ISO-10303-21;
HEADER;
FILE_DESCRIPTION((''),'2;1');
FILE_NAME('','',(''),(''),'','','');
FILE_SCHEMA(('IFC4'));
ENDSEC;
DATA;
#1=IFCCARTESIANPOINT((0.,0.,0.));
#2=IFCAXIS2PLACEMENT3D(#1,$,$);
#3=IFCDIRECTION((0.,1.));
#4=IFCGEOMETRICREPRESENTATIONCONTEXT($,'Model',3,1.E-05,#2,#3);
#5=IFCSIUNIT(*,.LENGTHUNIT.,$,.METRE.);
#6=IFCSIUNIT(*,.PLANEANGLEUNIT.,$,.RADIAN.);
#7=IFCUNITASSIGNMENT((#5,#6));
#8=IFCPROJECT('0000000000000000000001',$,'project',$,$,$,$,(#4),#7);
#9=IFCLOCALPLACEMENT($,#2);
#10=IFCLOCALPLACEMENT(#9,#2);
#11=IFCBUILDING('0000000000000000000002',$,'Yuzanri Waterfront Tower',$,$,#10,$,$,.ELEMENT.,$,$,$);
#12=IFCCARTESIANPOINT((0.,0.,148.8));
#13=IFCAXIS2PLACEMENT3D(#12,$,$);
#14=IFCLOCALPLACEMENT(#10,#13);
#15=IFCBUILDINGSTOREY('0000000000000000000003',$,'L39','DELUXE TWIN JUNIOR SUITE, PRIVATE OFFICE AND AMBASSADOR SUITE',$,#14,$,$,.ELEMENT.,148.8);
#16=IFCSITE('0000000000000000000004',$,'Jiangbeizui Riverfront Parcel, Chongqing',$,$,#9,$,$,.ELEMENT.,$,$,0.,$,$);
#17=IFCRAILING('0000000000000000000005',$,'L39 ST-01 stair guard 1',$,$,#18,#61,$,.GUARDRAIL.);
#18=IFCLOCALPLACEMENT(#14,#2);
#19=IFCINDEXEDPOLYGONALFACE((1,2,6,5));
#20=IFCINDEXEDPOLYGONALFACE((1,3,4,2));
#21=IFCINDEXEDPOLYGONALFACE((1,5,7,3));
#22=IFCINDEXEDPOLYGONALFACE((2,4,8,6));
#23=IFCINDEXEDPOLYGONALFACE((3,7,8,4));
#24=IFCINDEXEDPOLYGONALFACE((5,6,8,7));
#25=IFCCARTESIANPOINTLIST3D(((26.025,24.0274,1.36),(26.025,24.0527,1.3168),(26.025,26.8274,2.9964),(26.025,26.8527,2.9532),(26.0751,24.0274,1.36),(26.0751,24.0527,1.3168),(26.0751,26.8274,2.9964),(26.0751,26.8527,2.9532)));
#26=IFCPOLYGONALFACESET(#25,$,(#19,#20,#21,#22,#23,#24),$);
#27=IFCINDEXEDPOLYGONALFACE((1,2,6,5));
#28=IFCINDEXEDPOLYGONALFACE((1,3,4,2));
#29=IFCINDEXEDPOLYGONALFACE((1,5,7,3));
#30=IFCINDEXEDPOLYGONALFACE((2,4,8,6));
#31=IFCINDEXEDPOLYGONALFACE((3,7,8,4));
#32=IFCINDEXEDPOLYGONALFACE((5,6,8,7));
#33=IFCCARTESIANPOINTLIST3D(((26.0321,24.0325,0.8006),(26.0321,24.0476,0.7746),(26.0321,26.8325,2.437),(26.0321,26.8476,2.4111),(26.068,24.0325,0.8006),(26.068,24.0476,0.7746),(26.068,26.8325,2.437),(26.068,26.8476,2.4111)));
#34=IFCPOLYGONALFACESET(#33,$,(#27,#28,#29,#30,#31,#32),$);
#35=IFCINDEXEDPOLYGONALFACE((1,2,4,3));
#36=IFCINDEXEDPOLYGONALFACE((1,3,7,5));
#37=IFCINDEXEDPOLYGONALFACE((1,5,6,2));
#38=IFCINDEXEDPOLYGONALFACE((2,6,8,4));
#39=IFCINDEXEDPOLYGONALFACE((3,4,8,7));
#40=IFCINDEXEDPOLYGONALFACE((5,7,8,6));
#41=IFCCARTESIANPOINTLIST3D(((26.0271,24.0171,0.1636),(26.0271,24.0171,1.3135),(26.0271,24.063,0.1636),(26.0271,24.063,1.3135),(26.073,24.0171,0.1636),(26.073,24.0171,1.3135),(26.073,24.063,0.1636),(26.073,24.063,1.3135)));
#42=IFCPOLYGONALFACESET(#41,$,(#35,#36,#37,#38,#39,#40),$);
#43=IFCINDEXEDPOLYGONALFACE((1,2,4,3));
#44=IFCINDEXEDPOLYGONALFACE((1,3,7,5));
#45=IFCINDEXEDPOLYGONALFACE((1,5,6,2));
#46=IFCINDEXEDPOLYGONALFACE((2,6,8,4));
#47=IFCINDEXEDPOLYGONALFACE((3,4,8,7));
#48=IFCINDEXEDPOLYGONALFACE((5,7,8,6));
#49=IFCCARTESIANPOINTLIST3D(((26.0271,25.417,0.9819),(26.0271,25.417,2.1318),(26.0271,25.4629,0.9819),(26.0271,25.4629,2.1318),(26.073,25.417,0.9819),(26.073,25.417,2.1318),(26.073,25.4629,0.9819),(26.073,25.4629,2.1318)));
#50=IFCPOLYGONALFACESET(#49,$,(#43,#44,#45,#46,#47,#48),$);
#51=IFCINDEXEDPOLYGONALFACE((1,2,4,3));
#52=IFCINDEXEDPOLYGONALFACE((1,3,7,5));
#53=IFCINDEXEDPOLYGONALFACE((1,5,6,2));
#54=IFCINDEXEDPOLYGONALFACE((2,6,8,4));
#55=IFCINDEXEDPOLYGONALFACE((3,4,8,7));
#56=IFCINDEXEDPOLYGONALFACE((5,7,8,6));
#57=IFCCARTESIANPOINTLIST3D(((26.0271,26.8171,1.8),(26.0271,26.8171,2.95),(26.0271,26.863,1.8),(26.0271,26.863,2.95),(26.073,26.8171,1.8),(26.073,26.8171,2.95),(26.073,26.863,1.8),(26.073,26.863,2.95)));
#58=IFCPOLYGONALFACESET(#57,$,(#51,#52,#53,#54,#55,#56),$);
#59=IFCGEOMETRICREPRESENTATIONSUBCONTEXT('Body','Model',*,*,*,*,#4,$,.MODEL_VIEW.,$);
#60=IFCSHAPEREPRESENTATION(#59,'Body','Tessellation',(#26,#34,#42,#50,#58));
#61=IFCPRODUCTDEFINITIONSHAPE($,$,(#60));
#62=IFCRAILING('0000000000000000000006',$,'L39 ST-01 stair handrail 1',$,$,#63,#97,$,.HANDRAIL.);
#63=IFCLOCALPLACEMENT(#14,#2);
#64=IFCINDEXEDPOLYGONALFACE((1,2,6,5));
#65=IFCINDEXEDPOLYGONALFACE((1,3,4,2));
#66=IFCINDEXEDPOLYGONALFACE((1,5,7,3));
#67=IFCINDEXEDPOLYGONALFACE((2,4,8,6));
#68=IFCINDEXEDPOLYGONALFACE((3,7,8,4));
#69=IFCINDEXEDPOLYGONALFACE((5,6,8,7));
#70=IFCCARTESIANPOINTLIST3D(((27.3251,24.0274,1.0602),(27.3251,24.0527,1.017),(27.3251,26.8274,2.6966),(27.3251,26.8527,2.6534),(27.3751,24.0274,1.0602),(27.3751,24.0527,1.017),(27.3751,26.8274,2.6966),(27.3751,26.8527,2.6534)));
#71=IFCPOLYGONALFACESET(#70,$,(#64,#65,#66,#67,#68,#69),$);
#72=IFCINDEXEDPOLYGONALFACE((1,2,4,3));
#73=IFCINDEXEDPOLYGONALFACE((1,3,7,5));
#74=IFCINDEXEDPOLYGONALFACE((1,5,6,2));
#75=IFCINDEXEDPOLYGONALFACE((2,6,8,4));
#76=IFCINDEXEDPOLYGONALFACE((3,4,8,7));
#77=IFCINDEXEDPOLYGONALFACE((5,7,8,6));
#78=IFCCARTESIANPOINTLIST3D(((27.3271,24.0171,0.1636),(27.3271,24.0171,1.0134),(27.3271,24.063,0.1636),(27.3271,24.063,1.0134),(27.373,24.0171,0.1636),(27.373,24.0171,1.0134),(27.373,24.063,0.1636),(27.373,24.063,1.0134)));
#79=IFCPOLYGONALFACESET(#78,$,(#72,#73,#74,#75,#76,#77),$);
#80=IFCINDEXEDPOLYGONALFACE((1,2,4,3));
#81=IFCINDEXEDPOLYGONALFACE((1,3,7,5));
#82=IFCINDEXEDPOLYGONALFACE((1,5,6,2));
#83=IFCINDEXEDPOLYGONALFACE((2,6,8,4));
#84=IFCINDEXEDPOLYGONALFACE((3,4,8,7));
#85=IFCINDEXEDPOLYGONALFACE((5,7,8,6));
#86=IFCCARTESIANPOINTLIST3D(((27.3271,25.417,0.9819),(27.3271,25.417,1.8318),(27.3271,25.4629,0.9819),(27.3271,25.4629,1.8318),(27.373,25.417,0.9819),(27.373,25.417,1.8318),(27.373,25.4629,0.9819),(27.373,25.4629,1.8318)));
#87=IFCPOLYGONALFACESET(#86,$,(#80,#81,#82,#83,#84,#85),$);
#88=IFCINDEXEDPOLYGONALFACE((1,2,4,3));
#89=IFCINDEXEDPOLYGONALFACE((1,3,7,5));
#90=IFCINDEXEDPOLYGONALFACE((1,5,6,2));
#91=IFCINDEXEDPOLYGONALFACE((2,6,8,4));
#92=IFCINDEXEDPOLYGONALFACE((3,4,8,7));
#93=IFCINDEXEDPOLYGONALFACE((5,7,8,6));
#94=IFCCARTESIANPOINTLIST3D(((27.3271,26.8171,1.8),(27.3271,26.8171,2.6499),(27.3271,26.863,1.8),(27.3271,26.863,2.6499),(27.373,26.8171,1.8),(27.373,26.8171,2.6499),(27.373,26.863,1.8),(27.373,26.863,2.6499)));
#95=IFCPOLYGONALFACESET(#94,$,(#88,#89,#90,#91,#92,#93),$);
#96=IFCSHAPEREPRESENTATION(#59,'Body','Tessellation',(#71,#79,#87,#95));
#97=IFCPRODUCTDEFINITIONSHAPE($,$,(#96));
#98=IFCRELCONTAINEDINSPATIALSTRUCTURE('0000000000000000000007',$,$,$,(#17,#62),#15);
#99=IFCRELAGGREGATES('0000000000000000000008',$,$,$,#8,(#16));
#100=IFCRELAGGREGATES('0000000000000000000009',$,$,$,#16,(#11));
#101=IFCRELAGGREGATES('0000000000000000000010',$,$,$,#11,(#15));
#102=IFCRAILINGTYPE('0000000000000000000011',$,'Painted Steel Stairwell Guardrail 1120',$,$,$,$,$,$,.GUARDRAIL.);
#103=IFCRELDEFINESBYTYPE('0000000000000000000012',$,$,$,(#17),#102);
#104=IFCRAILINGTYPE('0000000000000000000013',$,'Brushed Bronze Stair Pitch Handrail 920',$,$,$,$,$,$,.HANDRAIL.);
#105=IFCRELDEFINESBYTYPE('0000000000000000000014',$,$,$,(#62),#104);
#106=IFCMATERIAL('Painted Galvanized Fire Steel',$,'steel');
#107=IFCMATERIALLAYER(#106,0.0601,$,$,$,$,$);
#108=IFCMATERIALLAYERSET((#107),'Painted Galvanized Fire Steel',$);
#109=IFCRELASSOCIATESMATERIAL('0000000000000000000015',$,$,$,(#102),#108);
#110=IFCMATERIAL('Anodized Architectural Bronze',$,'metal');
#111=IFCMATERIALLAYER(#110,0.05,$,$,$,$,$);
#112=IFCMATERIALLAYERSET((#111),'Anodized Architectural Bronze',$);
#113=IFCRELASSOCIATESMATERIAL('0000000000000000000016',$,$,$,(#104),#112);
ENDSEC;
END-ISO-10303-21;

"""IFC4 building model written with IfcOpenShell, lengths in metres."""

from ifc_helpers import new_model, si_unit, direction, frame, origin, origin_2d, place, context, subcontext, project, spatial, rectangle, extrude, source, transform, mapped, material, layer, layer_set, type_object, element, save


model = new_model("IFC4")

# Units and contexts
model_context = context("Model", 3, precision=1e-05, world=origin(), true_north=direction((0.0, 1.0)))
body_context = subcontext(model_context, "Body", "Model", "MODEL_VIEW")
ifc_project = project(units=[si_unit("LENGTHUNIT", "METRE"), si_unit("PLANEANGLEUNIT", "RADIAN")], contexts=[model_context])

# Site, building, storey
site_placement = place(None, origin())
site = spatial("IfcSite", under=ifc_project, at=site_placement, Name="Jiangbeizui Riverfront Parcel, Chongqing", CompositionType="ELEMENT", RefElevation=0.0)
building_placement = place(site_placement, origin())
building = spatial("IfcBuilding", under=site, at=building_placement, Name="Yuzanri Waterfront Tower", CompositionType="ELEMENT")
storey_placement = place(building_placement, frame((0.0, 0.0, 148.8)))
storey = spatial("IfcBuildingStorey", under=building, at=storey_placement, Name="L39", Description="DELUXE TWIN JUNIOR SUITE, PRIVATE OFFICE AND AMBASSADOR SUITE", CompositionType="ELEMENT", Elevation=148.8)

# Railings
ifc_material_1 = material(Name="Painted Galvanized Fire Steel", Category="steel")
ifc_layer_1 = layer(ifc_material_1, 0.0601)
ifc_layer_set_1 = layer_set([ifc_layer_1], Name="Painted Galvanized Fire Steel")
railing_type_1 = type_object("IfcRailingType", Name="Painted Steel Stairwell Guardrail 1120", PredefinedType="GUARDRAIL", material=ifc_layer_set_1)
shared_shape_1 = source(origin(), body_context, "Body", "SweptSolid", [
    extrude(rectangle(XDim=0.05, YDim=0.05, at=origin_2d()), frame((0.0, 0.0, 1.1748), z_axis=(0.0, 0.863361, 0.504587), x_axis=(-1.0, 0.0, 0.0)), (0.0, 0.0, 1.0), 3.2432),
    extrude(rectangle(XDim=0.0359, YDim=0.03, at=origin_2d()), frame((0.0, 0.0, 0.624), z_axis=(0.0, 0.863361, 0.504587), x_axis=(-1.0, 0.0, 0.0)), (0.0, 0.0, 1.0), 3.2432),
    extrude(rectangle(XDim=0.0459, YDim=0.0459, at=origin_2d()), origin(), (0.0, 0.0, 1.0), 1.1499),
    extrude(rectangle(XDim=0.0459, YDim=0.0459, at=origin_2d()), frame((0.0, 1.3999, 0.8184)), (0.0, 0.0, 1.0), 1.1499),
    extrude(rectangle(XDim=0.0459, YDim=0.0459, at=origin_2d()), frame((0.0, 2.8, 1.6365)), (0.0, 0.0, 1.0), 1.1499),
])
railing_1_placement = place(storey_placement, frame((26.05, 24.04, 0.1636)))
element("IfcRailing", 1, at=railing_1_placement, inside=storey, type_object=railing_type_1, Name="L39 ST-01 stair guard 1", PredefinedType="GUARDRAIL", context=body_context, shape_type="MappedRepresentation", body=[
    mapped(shared_shape_1, transform((0.0, 0.0, 0.0), scale=1.0)),
])
ifc_material_2 = material(Name="Anodized Architectural Bronze", Category="metal")
ifc_layer_2 = layer(ifc_material_2, 0.05)
ifc_layer_set_2 = layer_set([ifc_layer_2], Name="Anodized Architectural Bronze")
railing_type_2 = type_object("IfcRailingType", Name="Brushed Bronze Stair Pitch Handrail 920", PredefinedType="HANDRAIL", material=ifc_layer_set_2)
shared_shape_2 = source(origin(), body_context, "Body", "SweptSolid", [
    extrude(rectangle(XDim=0.05, YDim=0.05, at=origin_2d()), frame((0.0, 0.0, 0.875), z_axis=(0.0, 0.863361, 0.504587), x_axis=(-1.0, 0.0, 0.0)), (0.0, 0.0, 1.0), 3.2432),
    extrude(rectangle(XDim=0.0459, YDim=0.0459, at=origin_2d()), origin(), (0.0, 0.0, 1.0), 0.8499),
    extrude(rectangle(XDim=0.0459, YDim=0.0459, at=origin_2d()), frame((0.0, 1.3999, 0.8184)), (0.0, 0.0, 1.0), 0.8499),
    extrude(rectangle(XDim=0.0459, YDim=0.0459, at=origin_2d()), frame((0.0, 2.8, 1.6365)), (0.0, 0.0, 1.0), 0.8499),
])
railing_2_placement = place(storey_placement, frame((27.3501, 24.04, 0.1636)))
element("IfcRailing", 2, at=railing_2_placement, inside=storey, type_object=railing_type_2, Name="L39 ST-01 stair handrail 1", PredefinedType="HANDRAIL", context=body_context, shape_type="MappedRepresentation", body=[
    mapped(shared_shape_2, transform((0.0, 0.0, 0.0), scale=1.0)),
])

save(model, "model.ifc")
